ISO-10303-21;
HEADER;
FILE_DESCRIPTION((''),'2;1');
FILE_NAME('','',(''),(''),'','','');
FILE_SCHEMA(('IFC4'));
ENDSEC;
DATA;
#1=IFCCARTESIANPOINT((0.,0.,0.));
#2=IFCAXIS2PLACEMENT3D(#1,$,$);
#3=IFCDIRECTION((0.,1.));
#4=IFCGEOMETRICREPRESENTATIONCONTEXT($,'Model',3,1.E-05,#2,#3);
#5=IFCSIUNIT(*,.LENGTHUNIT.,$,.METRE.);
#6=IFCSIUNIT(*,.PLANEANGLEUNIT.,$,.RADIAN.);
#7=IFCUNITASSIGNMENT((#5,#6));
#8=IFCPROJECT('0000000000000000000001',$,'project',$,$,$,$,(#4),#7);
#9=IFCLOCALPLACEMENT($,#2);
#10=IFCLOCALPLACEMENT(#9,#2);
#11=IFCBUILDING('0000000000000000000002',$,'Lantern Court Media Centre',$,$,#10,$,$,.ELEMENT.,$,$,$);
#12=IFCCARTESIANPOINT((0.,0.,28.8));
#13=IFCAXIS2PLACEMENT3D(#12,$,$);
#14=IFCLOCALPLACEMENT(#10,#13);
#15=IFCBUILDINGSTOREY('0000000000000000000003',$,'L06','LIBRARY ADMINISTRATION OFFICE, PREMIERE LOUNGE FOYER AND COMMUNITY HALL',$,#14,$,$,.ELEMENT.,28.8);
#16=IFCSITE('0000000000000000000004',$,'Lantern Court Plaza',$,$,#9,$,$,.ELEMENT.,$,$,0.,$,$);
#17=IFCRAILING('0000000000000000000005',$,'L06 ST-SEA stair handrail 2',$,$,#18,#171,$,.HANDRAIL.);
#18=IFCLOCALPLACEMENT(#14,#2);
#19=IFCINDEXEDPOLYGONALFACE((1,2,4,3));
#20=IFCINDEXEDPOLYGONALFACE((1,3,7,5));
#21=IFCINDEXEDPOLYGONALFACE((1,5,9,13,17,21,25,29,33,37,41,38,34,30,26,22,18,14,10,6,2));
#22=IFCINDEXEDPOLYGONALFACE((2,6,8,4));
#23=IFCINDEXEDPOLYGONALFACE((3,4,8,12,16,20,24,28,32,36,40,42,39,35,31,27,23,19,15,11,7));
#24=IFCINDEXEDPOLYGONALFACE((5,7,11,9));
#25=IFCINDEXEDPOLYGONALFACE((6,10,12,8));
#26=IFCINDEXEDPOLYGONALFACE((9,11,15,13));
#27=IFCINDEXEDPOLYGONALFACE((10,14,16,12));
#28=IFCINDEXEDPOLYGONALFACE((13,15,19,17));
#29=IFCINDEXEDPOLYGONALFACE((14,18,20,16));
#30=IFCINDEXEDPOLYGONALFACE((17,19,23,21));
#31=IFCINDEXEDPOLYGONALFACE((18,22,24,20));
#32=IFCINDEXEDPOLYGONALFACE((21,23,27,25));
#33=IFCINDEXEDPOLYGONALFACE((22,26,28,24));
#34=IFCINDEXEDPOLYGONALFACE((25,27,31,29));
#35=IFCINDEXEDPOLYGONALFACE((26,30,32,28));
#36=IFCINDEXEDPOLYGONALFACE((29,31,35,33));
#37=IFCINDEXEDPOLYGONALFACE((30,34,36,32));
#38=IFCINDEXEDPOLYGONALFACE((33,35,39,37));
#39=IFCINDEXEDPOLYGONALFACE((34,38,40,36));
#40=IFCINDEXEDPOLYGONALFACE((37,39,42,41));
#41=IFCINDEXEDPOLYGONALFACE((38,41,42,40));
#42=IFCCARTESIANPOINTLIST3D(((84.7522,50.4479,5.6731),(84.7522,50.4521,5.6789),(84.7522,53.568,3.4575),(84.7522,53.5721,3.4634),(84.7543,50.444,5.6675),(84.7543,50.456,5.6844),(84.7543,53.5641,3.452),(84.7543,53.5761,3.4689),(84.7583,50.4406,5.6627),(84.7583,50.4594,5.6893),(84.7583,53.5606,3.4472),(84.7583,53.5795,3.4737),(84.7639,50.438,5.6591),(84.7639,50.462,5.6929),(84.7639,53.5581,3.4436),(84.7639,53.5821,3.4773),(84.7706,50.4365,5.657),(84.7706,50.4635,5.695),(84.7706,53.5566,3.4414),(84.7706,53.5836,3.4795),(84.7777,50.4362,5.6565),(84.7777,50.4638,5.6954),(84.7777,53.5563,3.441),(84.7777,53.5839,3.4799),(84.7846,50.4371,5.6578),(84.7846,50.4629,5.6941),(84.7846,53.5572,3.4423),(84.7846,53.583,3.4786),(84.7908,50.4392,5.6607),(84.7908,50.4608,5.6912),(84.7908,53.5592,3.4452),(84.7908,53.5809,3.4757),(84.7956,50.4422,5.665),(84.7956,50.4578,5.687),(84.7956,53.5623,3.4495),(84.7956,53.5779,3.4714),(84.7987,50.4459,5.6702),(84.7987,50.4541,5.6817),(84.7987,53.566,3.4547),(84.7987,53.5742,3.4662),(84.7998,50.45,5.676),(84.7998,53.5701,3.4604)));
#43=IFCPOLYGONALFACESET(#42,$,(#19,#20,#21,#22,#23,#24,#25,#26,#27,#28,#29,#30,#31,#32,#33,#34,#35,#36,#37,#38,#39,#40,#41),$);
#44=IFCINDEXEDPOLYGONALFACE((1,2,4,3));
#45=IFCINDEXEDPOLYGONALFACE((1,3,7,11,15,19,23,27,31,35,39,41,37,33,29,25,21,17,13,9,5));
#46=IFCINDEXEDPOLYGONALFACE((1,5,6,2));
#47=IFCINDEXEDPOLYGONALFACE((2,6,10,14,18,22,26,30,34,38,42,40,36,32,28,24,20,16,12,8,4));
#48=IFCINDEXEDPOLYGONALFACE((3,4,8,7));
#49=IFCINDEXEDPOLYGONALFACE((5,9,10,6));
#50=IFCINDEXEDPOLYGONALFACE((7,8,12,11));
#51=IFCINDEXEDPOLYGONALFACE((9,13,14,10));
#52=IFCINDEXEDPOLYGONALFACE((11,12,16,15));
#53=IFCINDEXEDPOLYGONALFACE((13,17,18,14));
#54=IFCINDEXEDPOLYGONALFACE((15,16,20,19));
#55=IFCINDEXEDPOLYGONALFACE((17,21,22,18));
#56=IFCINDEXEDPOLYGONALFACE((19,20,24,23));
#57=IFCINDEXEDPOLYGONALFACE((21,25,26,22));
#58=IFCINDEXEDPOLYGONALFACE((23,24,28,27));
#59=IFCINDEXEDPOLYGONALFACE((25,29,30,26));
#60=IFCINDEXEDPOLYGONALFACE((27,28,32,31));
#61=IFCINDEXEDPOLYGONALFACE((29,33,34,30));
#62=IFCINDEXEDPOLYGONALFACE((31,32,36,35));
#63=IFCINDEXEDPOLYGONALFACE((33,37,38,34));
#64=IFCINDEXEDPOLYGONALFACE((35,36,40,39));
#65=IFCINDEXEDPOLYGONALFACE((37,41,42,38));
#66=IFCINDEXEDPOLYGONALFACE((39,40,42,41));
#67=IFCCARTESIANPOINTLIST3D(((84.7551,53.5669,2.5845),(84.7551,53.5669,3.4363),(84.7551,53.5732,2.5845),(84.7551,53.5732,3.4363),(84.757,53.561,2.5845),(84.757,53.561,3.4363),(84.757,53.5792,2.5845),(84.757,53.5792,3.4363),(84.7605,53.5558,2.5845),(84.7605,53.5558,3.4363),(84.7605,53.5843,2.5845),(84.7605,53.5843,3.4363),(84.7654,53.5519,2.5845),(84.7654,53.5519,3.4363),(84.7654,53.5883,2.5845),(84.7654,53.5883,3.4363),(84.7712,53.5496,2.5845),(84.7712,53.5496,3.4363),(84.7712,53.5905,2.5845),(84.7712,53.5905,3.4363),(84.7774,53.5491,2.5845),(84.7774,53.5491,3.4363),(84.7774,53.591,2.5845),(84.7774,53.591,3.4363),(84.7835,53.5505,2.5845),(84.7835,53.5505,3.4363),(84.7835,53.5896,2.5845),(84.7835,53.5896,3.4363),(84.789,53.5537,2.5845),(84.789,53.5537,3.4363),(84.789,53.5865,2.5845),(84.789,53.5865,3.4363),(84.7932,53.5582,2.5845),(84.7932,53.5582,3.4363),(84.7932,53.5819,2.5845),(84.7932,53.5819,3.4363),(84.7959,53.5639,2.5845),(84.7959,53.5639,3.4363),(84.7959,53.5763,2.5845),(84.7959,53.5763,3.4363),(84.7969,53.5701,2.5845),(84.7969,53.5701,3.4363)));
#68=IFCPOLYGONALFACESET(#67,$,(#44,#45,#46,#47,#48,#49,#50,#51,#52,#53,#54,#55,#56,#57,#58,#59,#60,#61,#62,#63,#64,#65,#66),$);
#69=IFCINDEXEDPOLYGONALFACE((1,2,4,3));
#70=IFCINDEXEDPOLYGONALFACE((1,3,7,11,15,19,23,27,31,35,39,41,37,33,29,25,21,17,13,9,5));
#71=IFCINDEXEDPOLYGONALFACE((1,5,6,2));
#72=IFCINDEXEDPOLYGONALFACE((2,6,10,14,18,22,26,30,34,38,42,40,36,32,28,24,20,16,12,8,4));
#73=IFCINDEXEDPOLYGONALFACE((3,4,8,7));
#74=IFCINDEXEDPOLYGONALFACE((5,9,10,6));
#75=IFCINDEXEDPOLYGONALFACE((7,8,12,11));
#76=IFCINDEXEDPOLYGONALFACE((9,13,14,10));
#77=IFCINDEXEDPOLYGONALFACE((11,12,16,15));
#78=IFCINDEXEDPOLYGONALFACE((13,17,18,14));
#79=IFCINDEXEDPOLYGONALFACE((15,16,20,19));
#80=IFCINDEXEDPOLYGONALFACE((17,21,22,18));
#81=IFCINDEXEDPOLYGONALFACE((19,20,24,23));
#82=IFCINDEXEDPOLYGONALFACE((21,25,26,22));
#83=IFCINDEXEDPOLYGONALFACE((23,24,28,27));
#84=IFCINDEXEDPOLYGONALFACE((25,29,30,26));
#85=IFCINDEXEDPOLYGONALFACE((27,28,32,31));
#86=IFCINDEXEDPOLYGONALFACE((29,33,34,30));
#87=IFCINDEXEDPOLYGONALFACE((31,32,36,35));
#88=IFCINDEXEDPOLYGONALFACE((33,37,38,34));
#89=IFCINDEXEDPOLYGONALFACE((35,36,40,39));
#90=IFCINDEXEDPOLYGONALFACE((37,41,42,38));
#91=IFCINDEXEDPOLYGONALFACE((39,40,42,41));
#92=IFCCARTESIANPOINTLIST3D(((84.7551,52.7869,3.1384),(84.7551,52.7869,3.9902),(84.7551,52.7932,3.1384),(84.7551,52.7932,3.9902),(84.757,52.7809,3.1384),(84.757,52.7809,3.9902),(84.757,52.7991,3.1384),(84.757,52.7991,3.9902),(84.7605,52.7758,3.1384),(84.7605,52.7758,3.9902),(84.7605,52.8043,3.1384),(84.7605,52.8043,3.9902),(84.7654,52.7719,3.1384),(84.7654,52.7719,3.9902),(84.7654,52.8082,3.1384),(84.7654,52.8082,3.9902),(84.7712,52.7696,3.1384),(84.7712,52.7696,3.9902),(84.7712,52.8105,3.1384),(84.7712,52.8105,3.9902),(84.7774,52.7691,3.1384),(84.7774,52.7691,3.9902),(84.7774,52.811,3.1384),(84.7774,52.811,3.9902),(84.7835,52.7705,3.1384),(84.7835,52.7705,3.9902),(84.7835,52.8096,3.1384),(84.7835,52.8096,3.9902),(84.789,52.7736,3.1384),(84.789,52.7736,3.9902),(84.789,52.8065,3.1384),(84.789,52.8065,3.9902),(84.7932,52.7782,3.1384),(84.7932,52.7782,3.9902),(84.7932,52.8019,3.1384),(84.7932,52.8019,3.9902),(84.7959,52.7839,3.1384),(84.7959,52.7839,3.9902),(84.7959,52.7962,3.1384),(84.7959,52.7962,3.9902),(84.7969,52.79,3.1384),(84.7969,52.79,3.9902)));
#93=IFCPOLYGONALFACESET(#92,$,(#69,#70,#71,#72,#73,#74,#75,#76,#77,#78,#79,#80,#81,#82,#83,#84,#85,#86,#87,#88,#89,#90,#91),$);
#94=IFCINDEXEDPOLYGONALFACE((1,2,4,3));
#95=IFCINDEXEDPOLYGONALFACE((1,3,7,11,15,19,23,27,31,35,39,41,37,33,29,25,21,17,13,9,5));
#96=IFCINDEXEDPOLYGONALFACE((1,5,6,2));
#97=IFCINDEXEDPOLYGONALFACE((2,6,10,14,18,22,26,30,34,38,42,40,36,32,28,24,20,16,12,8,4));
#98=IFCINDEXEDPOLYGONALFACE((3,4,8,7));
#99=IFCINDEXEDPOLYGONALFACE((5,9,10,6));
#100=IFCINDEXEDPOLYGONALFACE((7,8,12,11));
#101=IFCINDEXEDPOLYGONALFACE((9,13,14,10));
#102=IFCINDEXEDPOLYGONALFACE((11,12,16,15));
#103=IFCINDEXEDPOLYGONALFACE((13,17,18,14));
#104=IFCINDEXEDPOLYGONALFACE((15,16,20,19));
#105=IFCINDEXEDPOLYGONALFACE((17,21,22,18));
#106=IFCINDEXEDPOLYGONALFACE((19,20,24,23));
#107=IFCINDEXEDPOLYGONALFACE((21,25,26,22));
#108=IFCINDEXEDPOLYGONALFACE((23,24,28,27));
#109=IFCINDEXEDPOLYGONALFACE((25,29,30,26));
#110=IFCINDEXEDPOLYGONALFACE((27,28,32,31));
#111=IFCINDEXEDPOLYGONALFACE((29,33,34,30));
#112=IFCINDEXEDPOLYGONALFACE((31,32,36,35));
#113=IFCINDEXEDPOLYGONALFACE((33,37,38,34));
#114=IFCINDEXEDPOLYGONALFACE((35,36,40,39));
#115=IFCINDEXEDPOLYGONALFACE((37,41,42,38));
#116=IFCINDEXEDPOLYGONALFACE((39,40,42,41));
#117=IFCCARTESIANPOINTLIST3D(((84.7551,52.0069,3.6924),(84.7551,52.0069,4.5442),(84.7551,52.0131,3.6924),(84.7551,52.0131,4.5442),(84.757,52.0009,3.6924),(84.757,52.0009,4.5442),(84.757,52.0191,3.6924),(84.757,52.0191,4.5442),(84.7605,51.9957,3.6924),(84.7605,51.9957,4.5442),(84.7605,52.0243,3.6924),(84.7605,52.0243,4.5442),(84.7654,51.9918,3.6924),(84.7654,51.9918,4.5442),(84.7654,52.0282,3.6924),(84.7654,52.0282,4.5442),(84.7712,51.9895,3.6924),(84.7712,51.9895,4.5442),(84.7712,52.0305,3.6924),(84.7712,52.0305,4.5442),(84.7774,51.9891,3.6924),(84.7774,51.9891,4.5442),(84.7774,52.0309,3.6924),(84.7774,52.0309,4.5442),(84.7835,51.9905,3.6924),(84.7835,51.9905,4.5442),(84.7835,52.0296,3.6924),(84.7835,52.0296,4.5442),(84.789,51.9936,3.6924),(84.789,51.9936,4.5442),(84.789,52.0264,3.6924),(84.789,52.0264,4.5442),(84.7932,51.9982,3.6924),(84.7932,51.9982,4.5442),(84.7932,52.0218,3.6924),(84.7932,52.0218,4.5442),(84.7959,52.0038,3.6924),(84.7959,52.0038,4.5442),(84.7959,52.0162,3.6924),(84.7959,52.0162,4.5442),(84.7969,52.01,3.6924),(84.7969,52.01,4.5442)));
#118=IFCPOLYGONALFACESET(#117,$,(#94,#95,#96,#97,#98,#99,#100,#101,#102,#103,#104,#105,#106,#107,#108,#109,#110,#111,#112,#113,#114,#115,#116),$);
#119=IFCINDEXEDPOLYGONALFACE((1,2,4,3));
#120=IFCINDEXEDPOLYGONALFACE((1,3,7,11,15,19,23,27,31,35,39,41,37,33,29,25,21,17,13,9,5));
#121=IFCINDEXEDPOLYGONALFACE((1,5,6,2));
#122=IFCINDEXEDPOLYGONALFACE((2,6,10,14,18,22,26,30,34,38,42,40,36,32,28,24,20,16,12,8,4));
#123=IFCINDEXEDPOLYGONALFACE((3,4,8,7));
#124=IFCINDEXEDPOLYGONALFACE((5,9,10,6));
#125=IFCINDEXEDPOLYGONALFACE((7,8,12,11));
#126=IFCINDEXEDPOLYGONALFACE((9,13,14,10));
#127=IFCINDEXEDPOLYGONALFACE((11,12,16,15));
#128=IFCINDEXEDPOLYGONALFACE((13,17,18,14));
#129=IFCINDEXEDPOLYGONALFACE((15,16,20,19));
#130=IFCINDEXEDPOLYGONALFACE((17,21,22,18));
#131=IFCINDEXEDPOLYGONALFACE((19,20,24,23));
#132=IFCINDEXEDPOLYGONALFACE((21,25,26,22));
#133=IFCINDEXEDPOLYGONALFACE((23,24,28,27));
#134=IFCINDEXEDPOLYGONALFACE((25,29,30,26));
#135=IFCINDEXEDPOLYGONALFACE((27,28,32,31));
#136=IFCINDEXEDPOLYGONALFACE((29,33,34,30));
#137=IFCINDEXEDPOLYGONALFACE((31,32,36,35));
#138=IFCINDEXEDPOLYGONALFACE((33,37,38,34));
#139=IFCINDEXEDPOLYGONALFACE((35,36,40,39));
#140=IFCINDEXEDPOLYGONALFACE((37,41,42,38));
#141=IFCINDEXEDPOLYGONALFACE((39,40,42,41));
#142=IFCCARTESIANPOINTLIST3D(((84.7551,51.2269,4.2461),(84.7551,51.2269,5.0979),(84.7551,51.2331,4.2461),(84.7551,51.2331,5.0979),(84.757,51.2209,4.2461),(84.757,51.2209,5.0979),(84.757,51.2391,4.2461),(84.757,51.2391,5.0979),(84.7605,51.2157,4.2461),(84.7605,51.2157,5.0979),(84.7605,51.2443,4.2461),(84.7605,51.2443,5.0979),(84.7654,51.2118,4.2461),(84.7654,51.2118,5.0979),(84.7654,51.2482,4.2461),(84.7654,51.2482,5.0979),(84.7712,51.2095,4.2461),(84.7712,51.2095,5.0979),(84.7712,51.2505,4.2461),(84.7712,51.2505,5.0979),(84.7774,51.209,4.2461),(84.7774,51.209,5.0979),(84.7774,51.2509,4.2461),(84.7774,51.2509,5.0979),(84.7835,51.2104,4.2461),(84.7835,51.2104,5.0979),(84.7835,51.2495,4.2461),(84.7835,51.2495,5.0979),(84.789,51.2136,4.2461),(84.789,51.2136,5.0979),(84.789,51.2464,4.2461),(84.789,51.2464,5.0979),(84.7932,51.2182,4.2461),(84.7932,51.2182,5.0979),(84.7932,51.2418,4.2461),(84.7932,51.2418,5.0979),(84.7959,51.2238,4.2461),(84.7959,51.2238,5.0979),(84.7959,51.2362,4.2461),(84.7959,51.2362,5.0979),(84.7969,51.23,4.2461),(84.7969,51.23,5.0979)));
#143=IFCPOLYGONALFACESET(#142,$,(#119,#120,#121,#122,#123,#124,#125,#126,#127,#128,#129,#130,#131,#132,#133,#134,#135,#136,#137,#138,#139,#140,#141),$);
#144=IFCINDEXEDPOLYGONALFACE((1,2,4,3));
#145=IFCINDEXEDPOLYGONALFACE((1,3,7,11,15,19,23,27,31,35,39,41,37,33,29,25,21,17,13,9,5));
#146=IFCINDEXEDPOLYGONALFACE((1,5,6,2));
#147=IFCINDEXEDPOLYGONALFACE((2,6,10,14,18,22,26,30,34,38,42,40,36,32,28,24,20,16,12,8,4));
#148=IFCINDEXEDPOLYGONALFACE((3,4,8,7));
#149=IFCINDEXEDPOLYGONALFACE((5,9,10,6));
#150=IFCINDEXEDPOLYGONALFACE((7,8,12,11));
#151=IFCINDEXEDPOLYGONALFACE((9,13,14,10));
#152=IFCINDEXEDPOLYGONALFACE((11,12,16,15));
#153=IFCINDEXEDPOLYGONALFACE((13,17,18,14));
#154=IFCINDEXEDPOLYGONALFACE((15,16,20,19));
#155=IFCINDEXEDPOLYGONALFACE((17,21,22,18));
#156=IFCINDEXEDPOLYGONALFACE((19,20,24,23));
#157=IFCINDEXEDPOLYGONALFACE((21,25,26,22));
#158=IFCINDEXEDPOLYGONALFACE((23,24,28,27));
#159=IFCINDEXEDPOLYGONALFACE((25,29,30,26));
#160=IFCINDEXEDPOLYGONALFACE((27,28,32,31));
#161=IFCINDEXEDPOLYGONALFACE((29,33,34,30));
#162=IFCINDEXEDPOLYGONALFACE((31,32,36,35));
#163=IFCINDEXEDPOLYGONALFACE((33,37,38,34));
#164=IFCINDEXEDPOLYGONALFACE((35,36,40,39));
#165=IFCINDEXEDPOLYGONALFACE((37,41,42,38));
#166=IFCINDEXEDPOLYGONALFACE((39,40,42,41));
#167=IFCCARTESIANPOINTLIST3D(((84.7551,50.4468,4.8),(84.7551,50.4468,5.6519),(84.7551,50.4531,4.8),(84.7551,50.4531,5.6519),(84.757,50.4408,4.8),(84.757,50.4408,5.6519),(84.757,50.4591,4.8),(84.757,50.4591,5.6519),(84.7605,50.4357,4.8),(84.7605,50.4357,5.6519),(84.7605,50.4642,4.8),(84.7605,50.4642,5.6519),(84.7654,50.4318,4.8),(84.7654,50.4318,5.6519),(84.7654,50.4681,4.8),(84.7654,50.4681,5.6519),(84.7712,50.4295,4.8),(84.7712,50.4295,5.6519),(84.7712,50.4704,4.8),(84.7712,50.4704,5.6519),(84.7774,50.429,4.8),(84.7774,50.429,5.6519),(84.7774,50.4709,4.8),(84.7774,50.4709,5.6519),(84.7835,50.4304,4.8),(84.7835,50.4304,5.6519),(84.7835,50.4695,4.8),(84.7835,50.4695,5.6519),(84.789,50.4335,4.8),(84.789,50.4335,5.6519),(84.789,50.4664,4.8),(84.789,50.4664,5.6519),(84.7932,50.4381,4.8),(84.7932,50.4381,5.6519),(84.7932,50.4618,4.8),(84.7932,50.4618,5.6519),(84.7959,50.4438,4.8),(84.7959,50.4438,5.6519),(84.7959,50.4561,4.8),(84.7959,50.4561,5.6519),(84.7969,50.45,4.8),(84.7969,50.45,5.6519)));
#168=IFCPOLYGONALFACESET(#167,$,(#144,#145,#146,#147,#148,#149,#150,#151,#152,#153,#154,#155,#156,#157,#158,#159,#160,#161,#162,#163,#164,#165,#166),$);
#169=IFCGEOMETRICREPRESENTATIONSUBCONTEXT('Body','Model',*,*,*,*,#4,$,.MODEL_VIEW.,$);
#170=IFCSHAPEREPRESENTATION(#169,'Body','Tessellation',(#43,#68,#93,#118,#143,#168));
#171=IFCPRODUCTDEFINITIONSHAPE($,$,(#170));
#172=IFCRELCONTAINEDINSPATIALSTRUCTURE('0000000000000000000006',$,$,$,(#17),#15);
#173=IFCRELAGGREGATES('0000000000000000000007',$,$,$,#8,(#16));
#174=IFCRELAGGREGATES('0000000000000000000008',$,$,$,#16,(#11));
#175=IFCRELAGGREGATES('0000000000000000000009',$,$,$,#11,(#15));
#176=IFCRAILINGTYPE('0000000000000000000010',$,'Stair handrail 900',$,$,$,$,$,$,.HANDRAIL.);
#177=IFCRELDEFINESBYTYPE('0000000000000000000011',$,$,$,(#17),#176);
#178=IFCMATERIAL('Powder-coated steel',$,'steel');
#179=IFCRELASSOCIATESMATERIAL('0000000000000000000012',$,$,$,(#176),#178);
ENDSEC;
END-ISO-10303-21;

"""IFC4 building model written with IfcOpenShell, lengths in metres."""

from ifc_helpers import new_model, si_unit, direction, frame, origin, origin_2d, place, context, subcontext, project, spatial, circle, extrude, material, type_object, element, save


model = new_model("IFC4")

# Units and contexts
model_context = context("Model", 3, precision=1e-05, world=origin(), true_north=direction((0.0, 1.0)))
body_context = subcontext(model_context, "Body", "Model", "MODEL_VIEW")
ifc_project = project(units=[si_unit("LENGTHUNIT", "METRE"), si_unit("PLANEANGLEUNIT", "RADIAN")], contexts=[model_context])

# Site, building, storey
site_placement = place(None, origin())
site = spatial("IfcSite", under=ifc_project, at=site_placement, Name="Lantern Court Plaza", CompositionType="ELEMENT", RefElevation=0.0)
building_placement = place(site_placement, origin())
building = spatial("IfcBuilding", under=site, at=building_placement, Name="Lantern Court Media Centre", CompositionType="ELEMENT")
storey_placement = place(building_placement, frame((0.0, 0.0, 28.8)))
storey = spatial("IfcBuildingStorey", under=building, at=storey_placement, Name="L06", Description="LIBRARY ADMINISTRATION OFFICE, PREMIERE LOUNGE FOYER AND COMMUNITY HALL", CompositionType="ELEMENT", Elevation=28.8)

# Shared definitions
ifc_material_1 = material(Name="Powder-coated steel", Category="steel")

# Railing
railing_type_1 = type_object("IfcRailingType", Name="Stair handrail 900", PredefinedType="HANDRAIL", material=ifc_material_1)
railing_1_placement = place(storey_placement, frame((84.7759, 53.5701, 2.5845)))
element("IfcRailing", 1, at=railing_1_placement, inside=storey, type_object=railing_type_1, Name="L06 ST-SEA stair handrail 2", PredefinedType="HANDRAIL", context=body_context, shape_type="SweptSolid", body=[
    extrude(circle(Radius=0.0239, at=origin_2d()), frame((0.0, 0.0, 0.876), z_axis=(0.0, -0.815347, 0.578973), x_axis=(1.0, 0.0, 0.0)), (0.0, 0.0, 1.0), 3.8267),
    extrude(circle(Radius=0.021, at=origin_2d()), origin(), (0.0, 0.0, 1.0), 0.8518),
    extrude(circle(Radius=0.021, at=origin_2d()), frame((0.0, -0.78, 0.554)), (0.0, 0.0, 1.0), 0.8518),
    extrude(circle(Radius=0.021, at=origin_2d()), frame((0.0, -1.5601, 1.1079)), (0.0, 0.0, 1.0), 0.8518),
    extrude(circle(Radius=0.021, at=origin_2d()), frame((0.0, -2.3401, 1.6616)), (0.0, 0.0, 1.0), 0.8518),
    extrude(circle(Radius=0.021, at=origin_2d()), frame((0.0, -3.1201, 2.2156)), (0.0, 0.0, 1.0), 0.8518),
])

save(model, "model.ifc")
